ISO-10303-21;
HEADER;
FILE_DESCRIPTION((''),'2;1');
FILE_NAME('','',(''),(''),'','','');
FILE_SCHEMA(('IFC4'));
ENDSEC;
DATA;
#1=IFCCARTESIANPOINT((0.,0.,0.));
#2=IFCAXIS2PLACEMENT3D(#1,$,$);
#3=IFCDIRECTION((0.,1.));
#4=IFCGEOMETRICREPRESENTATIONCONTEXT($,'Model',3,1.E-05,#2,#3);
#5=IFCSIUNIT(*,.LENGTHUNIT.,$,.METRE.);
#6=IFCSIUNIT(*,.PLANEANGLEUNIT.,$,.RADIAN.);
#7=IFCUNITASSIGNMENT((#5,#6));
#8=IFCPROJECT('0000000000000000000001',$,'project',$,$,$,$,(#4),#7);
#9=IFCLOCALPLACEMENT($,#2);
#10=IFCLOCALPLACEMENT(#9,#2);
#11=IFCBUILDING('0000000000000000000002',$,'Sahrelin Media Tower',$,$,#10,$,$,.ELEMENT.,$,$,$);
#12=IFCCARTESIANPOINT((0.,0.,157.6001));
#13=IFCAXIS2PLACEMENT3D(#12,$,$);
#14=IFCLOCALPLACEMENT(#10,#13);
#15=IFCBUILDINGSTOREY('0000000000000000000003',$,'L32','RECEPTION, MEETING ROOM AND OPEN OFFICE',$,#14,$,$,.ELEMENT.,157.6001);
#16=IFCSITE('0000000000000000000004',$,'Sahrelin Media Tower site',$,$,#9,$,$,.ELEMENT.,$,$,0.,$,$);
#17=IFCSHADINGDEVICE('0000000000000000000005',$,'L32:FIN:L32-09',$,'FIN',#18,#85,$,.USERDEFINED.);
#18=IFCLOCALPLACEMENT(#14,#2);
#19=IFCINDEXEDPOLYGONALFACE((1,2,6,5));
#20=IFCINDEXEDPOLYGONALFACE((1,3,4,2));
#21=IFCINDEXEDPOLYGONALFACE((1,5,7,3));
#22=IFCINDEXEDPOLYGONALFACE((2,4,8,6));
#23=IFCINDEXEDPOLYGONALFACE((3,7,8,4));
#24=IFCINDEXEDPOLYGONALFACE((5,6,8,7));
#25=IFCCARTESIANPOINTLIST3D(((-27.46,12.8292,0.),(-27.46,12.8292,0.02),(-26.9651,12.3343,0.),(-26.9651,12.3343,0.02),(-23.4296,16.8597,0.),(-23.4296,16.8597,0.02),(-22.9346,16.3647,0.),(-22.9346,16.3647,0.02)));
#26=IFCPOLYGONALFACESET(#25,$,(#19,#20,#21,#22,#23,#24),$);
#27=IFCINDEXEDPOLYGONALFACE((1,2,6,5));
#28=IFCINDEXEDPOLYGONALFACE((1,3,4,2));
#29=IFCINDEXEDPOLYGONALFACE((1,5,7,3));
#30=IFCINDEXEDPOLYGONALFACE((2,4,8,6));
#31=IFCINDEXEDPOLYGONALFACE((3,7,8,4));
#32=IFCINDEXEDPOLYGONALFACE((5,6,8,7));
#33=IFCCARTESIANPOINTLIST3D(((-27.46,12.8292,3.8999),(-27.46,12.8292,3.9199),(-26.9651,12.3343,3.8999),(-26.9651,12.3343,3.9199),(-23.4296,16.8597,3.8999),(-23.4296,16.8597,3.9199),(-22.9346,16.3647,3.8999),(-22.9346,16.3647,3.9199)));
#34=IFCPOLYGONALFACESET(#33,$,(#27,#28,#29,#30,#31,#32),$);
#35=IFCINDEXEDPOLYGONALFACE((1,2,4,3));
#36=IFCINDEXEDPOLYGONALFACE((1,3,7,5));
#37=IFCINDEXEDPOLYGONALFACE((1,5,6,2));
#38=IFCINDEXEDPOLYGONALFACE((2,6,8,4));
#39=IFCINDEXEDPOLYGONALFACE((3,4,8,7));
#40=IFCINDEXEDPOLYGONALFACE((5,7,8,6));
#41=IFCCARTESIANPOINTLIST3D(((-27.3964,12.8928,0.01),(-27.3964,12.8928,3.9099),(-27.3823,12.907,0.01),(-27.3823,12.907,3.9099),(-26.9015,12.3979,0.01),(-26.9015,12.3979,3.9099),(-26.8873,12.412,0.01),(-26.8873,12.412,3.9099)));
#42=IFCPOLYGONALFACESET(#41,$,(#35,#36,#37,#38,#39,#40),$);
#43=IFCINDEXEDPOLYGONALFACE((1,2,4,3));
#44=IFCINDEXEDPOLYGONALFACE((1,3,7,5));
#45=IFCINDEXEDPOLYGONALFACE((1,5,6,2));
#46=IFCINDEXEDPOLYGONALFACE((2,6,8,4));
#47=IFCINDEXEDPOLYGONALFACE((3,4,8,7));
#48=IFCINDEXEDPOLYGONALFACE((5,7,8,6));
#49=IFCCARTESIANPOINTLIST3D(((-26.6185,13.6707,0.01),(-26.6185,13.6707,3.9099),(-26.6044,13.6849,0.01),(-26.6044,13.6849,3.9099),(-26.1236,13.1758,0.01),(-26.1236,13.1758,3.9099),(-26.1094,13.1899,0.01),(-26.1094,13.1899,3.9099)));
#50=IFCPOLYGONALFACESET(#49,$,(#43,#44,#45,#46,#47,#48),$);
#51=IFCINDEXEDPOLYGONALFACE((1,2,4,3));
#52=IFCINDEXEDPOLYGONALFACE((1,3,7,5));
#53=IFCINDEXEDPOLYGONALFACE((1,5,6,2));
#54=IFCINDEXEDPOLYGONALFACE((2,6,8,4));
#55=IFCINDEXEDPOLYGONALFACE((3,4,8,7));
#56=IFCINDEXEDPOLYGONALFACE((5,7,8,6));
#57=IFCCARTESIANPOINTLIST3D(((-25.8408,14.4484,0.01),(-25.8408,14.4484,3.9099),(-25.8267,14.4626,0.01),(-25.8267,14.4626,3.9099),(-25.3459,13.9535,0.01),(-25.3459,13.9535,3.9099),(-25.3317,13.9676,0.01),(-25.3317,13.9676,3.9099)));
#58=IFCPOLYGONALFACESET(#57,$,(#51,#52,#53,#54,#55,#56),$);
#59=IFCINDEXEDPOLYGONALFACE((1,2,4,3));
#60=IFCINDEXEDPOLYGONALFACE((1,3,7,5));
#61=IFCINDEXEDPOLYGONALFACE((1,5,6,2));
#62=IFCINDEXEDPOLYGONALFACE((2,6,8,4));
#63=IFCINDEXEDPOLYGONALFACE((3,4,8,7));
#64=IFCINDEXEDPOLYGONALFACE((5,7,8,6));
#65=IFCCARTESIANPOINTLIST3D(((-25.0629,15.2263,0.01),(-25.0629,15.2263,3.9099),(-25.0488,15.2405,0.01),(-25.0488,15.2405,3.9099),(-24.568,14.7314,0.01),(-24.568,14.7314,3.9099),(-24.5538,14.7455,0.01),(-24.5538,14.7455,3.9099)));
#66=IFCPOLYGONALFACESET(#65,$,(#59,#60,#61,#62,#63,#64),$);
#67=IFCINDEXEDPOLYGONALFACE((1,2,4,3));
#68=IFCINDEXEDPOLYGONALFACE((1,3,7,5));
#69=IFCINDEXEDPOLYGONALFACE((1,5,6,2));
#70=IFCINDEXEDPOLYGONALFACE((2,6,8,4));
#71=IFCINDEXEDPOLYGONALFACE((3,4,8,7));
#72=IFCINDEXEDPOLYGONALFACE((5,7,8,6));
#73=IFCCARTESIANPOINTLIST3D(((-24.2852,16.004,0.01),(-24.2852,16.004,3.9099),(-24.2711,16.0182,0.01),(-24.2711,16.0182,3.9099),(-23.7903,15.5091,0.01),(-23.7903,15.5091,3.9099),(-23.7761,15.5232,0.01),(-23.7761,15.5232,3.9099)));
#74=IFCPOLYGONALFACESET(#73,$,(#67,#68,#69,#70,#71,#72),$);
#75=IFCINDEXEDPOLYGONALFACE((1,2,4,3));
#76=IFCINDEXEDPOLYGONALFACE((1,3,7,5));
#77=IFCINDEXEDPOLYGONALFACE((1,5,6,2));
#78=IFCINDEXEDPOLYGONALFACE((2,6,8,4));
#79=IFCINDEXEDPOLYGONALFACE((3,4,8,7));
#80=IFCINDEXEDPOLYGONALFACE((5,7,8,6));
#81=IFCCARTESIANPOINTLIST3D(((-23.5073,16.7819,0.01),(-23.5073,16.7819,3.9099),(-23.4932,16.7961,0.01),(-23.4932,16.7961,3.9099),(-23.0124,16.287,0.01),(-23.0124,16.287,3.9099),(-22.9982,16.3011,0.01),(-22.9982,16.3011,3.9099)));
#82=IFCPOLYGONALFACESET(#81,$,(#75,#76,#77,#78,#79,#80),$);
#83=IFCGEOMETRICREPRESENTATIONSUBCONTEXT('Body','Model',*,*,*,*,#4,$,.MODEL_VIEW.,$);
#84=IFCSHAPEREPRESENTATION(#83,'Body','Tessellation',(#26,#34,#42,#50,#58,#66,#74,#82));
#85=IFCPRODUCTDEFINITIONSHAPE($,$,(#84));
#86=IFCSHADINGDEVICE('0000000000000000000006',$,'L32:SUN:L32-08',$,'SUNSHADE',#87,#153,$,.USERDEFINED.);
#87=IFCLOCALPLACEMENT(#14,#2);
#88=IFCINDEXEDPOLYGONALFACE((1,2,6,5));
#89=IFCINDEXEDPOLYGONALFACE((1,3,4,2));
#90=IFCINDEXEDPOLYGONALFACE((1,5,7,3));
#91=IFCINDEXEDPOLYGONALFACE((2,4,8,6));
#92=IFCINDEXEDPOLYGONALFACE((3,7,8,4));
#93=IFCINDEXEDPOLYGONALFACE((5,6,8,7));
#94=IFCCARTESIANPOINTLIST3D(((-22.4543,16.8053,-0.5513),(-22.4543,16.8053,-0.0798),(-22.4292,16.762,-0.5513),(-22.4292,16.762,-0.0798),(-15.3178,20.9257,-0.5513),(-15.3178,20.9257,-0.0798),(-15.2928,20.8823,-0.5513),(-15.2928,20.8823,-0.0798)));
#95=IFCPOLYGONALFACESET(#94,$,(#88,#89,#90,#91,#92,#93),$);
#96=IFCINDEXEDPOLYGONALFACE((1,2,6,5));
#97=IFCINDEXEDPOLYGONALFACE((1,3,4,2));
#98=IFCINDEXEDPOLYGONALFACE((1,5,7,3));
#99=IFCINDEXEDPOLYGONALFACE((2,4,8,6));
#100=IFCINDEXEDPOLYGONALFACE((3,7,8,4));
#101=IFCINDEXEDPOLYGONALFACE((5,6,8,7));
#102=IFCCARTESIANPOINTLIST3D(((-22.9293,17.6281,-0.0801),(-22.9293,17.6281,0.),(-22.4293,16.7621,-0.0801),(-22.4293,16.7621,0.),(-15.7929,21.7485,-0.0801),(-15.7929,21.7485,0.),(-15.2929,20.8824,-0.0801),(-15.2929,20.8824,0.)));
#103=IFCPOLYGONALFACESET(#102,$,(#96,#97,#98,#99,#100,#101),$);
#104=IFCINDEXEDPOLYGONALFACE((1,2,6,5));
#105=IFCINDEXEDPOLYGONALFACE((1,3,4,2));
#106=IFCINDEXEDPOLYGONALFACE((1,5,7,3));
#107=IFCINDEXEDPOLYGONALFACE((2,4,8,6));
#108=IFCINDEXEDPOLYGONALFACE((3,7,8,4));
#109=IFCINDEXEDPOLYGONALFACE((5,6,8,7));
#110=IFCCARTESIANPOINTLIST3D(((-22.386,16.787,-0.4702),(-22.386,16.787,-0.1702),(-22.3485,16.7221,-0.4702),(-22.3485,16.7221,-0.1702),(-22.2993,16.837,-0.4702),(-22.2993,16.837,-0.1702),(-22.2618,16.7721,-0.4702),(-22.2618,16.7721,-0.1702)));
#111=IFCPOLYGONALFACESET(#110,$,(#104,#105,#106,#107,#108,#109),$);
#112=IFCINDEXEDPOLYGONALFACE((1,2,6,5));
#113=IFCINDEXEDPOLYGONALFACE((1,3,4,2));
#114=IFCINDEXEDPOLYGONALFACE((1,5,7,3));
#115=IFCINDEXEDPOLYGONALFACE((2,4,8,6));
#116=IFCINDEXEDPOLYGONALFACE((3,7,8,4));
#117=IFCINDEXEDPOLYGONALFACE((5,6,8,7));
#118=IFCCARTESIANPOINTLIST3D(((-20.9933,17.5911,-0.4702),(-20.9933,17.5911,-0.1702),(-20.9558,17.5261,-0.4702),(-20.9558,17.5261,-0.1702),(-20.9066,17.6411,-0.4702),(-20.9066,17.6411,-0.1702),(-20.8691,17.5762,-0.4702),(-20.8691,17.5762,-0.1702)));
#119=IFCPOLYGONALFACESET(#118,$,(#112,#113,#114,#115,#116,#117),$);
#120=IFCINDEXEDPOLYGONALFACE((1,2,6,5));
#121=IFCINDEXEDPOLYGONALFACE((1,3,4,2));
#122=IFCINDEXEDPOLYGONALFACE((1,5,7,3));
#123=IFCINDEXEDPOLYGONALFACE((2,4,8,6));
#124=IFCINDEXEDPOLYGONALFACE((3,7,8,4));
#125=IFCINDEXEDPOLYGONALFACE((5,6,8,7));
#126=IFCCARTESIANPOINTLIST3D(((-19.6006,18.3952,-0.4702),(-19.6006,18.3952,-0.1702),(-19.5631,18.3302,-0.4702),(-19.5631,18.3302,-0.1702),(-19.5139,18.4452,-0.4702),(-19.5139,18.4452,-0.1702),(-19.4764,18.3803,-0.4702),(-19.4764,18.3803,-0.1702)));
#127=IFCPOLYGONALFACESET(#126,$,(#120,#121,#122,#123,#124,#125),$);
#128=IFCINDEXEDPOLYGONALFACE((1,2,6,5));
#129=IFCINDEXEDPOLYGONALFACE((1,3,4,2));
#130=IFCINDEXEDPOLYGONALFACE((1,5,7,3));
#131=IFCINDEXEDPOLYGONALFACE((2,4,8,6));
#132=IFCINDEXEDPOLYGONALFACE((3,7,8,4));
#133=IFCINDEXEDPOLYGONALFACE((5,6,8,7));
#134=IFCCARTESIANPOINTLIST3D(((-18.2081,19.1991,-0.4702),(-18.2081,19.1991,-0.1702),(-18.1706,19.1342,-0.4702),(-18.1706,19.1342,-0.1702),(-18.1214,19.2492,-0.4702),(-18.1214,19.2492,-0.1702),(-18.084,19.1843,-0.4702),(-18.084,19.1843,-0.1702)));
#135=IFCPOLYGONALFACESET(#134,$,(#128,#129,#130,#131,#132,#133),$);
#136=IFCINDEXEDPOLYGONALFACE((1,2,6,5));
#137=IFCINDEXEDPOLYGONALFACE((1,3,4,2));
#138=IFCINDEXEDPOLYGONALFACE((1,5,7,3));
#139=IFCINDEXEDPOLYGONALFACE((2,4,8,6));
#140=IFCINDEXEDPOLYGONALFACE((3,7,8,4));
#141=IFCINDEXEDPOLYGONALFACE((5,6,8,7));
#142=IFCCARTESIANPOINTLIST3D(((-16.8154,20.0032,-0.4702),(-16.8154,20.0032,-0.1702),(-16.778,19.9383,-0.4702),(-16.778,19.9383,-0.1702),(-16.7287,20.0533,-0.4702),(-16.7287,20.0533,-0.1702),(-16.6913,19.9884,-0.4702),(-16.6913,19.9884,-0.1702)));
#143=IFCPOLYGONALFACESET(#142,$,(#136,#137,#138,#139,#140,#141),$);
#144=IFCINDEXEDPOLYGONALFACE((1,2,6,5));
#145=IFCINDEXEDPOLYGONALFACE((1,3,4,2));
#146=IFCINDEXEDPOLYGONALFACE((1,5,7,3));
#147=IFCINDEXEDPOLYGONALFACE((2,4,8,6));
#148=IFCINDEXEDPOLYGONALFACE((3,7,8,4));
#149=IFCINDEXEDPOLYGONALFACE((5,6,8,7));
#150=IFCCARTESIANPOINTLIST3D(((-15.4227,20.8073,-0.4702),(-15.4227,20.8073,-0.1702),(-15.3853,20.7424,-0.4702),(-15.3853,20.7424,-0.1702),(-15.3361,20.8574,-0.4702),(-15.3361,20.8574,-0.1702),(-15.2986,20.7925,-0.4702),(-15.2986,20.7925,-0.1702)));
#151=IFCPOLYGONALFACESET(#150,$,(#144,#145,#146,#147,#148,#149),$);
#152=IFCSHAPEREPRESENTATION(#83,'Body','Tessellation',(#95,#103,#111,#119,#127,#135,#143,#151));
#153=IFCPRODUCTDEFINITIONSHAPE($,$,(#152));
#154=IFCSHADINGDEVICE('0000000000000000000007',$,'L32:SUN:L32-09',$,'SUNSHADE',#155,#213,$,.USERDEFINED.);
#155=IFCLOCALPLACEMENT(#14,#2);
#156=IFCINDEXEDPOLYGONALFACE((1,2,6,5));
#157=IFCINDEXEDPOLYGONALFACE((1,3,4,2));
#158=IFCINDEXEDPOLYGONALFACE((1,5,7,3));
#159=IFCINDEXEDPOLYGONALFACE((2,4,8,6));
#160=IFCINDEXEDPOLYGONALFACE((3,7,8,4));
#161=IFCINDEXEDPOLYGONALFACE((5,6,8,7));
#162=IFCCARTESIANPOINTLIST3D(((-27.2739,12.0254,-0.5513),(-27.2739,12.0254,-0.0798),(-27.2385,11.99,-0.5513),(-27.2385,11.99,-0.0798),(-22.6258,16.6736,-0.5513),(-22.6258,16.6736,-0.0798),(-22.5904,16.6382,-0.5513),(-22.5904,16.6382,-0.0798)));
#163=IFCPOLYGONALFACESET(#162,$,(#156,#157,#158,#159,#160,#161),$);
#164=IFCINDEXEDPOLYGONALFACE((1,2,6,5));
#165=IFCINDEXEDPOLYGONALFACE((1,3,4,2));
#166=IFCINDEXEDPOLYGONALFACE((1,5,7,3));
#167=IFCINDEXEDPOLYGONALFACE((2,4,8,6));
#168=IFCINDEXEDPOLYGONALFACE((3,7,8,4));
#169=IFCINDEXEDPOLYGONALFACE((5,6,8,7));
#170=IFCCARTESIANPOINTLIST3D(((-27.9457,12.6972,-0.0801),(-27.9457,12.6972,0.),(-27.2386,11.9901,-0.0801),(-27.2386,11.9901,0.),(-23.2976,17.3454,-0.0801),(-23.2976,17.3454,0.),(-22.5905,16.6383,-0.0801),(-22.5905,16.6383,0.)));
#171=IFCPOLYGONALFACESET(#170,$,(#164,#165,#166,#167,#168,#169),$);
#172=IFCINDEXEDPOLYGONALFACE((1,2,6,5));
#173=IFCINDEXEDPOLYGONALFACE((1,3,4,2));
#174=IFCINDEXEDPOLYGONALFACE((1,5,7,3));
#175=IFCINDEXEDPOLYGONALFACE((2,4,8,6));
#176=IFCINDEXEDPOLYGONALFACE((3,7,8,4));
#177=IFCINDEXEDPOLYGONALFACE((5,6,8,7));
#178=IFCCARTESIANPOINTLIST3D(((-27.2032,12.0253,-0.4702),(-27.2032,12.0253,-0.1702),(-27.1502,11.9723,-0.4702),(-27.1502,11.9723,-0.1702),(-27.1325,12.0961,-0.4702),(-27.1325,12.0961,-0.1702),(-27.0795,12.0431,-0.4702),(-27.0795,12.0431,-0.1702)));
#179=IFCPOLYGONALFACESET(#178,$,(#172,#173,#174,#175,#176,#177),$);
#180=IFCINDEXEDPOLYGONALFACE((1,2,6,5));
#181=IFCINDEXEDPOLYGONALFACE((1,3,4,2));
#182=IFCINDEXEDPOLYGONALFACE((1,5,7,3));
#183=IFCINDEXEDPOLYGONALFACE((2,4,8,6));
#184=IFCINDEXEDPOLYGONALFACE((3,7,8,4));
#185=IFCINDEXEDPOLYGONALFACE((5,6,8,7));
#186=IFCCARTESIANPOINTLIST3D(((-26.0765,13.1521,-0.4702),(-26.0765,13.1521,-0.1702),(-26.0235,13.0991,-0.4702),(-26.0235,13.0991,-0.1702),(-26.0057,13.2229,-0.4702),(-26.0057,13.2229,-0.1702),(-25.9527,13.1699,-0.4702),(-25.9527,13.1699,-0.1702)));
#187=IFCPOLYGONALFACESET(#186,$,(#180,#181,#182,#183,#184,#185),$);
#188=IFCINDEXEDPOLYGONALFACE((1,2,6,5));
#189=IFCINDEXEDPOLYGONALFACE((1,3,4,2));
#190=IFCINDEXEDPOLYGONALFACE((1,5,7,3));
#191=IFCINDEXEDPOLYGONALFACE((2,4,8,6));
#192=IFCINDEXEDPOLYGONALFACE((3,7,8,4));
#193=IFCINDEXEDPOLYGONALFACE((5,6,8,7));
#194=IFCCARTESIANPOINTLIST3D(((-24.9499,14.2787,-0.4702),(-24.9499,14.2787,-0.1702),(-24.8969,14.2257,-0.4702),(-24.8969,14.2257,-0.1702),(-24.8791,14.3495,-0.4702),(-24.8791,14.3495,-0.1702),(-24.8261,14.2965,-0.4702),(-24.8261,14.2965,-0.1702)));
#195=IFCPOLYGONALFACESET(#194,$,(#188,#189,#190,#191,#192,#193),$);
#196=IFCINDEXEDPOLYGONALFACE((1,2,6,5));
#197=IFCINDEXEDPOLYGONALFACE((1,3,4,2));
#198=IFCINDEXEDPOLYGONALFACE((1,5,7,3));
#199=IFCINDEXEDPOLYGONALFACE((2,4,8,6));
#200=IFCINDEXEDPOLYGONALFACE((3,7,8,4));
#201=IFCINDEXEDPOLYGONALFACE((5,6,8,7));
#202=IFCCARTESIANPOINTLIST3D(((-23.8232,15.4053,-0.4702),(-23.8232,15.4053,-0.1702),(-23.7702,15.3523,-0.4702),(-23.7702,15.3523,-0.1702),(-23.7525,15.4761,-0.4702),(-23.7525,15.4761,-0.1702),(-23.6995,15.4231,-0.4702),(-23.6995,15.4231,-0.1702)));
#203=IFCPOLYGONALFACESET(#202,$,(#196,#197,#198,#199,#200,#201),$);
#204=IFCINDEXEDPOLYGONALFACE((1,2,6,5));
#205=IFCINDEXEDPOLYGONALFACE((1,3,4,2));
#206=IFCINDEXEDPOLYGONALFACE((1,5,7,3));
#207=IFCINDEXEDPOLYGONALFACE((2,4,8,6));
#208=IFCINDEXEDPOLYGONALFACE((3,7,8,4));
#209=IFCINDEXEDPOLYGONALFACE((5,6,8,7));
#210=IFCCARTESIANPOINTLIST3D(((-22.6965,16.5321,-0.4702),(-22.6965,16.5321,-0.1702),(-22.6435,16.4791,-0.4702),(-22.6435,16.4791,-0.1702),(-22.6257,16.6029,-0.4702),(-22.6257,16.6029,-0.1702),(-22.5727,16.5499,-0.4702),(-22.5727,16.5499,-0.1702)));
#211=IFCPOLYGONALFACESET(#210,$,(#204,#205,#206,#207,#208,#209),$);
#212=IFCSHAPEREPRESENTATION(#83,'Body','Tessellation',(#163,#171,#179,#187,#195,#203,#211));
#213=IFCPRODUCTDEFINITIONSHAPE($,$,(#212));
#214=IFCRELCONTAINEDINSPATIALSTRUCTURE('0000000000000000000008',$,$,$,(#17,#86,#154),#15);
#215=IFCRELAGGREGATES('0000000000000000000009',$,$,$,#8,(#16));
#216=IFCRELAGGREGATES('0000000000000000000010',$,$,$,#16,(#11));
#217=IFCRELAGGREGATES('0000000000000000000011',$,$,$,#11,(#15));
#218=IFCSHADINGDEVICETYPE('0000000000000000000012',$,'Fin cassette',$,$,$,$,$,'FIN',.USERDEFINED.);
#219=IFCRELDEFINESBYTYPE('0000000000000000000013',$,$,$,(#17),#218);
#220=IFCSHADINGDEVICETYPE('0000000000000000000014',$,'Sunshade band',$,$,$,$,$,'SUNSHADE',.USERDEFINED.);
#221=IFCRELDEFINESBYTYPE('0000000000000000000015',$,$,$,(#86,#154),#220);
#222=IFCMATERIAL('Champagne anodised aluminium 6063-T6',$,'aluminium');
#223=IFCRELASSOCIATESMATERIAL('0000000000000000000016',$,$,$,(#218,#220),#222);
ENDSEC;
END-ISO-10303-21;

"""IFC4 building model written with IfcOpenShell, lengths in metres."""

from ifc_helpers import new_model, si_unit, direction, frame, origin, origin_2d, place, context, subcontext, project, spatial, rectangle, extrude, material, type_object, element, save


model = new_model("IFC4")

# Units and contexts
model_context = context("Model", 3, precision=1e-05, world=origin(), true_north=direction((0.0, 1.0)))
body_context = subcontext(model_context, "Body", "Model", "MODEL_VIEW")
ifc_project = project(units=[si_unit("LENGTHUNIT", "METRE"), si_unit("PLANEANGLEUNIT", "RADIAN")], contexts=[model_context])

# Site, building, storey
site_placement = place(None, origin())
site = spatial("IfcSite", under=ifc_project, at=site_placement, Name="Sahrelin Media Tower site", CompositionType="ELEMENT", RefElevation=0.0)
building_placement = place(site_placement, origin())
building = spatial("IfcBuilding", under=site, at=building_placement, Name="Sahrelin Media Tower", CompositionType="ELEMENT")
storey_placement = place(building_placement, frame((0.0, 0.0, 157.6001)))
storey = spatial("IfcBuildingStorey", under=building, at=storey_placement, Name="L32", Description="RECEPTION, MEETING ROOM AND OPEN OFFICE", CompositionType="ELEMENT", Elevation=157.6001)

# Shared definitions
ifc_material_1 = material(Name="Champagne anodised aluminium 6063-T6", Category="aluminium")

# Shading devices
shading_device_type_1 = type_object("IfcShadingDeviceType", Name="Fin cassette", ElementType="FIN", PredefinedType="USERDEFINED", material=ifc_material_1)
placement_1 = place(storey_placement, frame((-18.8511, 18.8049, 0.0), z_axis=(0.0, 0.0, 1.0), x_axis=(0.866019, 0.500011, 0.0)))
placement_2 = place(storey_placement, frame((-24.9004, 14.3, 0.0), z_axis=(0.0, 0.0, 1.0), x_axis=(0.707107, 0.707107, 0.0)))
element("IfcShadingDevice", 1, at=placement_2, inside=storey, type_object=shading_device_type_1, Name="L32:FIN:L32-09", ObjectType="FIN", PredefinedType="USERDEFINED", context=body_context, shape_type="SweptSolid", body=[
    extrude(rectangle(XDim=5.7, YDim=0.7, at=origin_2d()), frame((0.0, 0.4199, 0.0)), (0.0, 0.0, 1.0), 0.02),
    extrude(rectangle(XDim=5.7, YDim=0.7, at=origin_2d()), frame((0.0, 0.4199, 3.8999)), (0.0, 0.0, 1.0), 0.02),
    extrude(rectangle(XDim=0.02, YDim=0.7, at=origin_2d()), frame((-2.75, 0.4199, 0.01), z_axis=(0.0, 0.0, 1.0), x_axis=(1.0, 0.0, 0.0)), (0.0, 0.0, 1.0), 3.8999),
    extrude(rectangle(XDim=0.02, YDim=0.7, at=origin_2d()), frame((-1.6499, 0.4199, 0.01), z_axis=(0.0, 0.0, 1.0), x_axis=(1.0, 0.0, 0.0)), (0.0, 0.0, 1.0), 3.8999),
    extrude(rectangle(XDim=0.02, YDim=0.7, at=origin_2d()), frame((-0.55, 0.4199, 0.01), z_axis=(0.0, 0.0, 1.0), x_axis=(1.0, 0.0, 0.0)), (0.0, 0.0, 1.0), 3.8999),
    extrude(rectangle(XDim=0.02, YDim=0.7, at=origin_2d()), frame((0.55, 0.4199, 0.01), z_axis=(0.0, 0.0, 1.0), x_axis=(1.0, 0.0, 0.0)), (0.0, 0.0, 1.0), 3.8999),
    extrude(rectangle(XDim=0.02, YDim=0.7, at=origin_2d()), frame((1.6499, 0.4199, 0.01), z_axis=(0.0, 0.0, 1.0), x_axis=(1.0, 0.0, 0.0)), (0.0, 0.0, 1.0), 3.8999),
    extrude(rectangle(XDim=0.02, YDim=0.7, at=origin_2d()), frame((2.75, 0.4199, 0.01), z_axis=(0.0, 0.0, 1.0), x_axis=(1.0, 0.0, 0.0)), (0.0, 0.0, 1.0), 3.8999),
])
shading_device_type_2 = type_object("IfcShadingDeviceType", Name="Sunshade band", ElementType="SUNSHADE", PredefinedType="USERDEFINED", material=ifc_material_1)
element("IfcShadingDevice", 2, at=placement_1, inside=storey, type_object=shading_device_type_2, Name="L32:SUN:L32-08", ObjectType="SUNSHADE", PredefinedType="USERDEFINED", context=body_context, shape_type="SweptSolid", body=[
    extrude(rectangle(XDim=8.2405, YDim=0.05, at=origin_2d()), frame((0.0, 0.0449, -0.5513)), (0.0, 0.0, 1.0), 0.4714),
    extrude(rectangle(XDim=8.2405, YDim=1.0, at=origin_2d()), frame((0.0, 0.52, -0.0801)), (0.0, 0.0, 1.0), 0.0801),
    extrude(rectangle(XDim=0.1001, YDim=0.075, at=origin_2d()), frame((-4.0203, -0.0176, -0.4702)), (0.0, 0.0, 1.0), 0.3),
    extrude(rectangle(XDim=0.1001, YDim=0.075, at=origin_2d()), frame((-2.4121, -0.0176, -0.4702)), (0.0, 0.0, 1.0), 0.3),
    extrude(rectangle(XDim=0.1001, YDim=0.075, at=origin_2d()), frame((-0.804, -0.0176, -0.4702)), (0.0, 0.0, 1.0), 0.3),
    extrude(rectangle(XDim=0.1001, YDim=0.075, at=origin_2d()), frame((0.804, -0.0176, -0.4702)), (0.0, 0.0, 1.0), 0.3),
    extrude(rectangle(XDim=0.1001, YDim=0.075, at=origin_2d()), frame((2.4121, -0.0176, -0.4702)), (0.0, 0.0, 1.0), 0.3),
    extrude(rectangle(XDim=0.1001, YDim=0.075, at=origin_2d()), frame((4.0203, -0.0176, -0.4702)), (0.0, 0.0, 1.0), 0.3),
])
element("IfcShadingDevice", 3, at=placement_2, inside=storey, type_object=shading_device_type_2, Name="L32:SUN:L32-09", ObjectType="SUNSHADE", PredefinedType="USERDEFINED", context=body_context, shape_type="SweptSolid", body=[
    extrude(rectangle(XDim=6.5735, YDim=0.05, at=origin_2d()), frame((0.0, 0.0449, -0.5513)), (0.0, 0.0, 1.0), 0.4714),
    extrude(rectangle(XDim=6.5735, YDim=1.0, at=origin_2d()), frame((0.0, 0.52, -0.0801)), (0.0, 0.0, 1.0), 0.0801),
    extrude(rectangle(XDim=0.1001, YDim=0.075, at=origin_2d()), frame((-3.1868, -0.0176, -0.4702)), (0.0, 0.0, 1.0), 0.3),
    extrude(rectangle(XDim=0.1001, YDim=0.075, at=origin_2d()), frame((-1.5933, -0.0176, -0.4702)), (0.0, 0.0, 1.0), 0.3),
    extrude(rectangle(XDim=0.1001, YDim=0.075, at=origin_2d()), frame((0.0, -0.0176, -0.4702)), (0.0, 0.0, 1.0), 0.3),
    extrude(rectangle(XDim=0.1001, YDim=0.075, at=origin_2d()), frame((1.5933, -0.0176, -0.4702)), (0.0, 0.0, 1.0), 0.3),
    extrude(rectangle(XDim=0.1001, YDim=0.075, at=origin_2d()), frame((3.1868, -0.0176, -0.4702)), (0.0, 0.0, 1.0), 0.3),
])

save(model, "model.ifc")
